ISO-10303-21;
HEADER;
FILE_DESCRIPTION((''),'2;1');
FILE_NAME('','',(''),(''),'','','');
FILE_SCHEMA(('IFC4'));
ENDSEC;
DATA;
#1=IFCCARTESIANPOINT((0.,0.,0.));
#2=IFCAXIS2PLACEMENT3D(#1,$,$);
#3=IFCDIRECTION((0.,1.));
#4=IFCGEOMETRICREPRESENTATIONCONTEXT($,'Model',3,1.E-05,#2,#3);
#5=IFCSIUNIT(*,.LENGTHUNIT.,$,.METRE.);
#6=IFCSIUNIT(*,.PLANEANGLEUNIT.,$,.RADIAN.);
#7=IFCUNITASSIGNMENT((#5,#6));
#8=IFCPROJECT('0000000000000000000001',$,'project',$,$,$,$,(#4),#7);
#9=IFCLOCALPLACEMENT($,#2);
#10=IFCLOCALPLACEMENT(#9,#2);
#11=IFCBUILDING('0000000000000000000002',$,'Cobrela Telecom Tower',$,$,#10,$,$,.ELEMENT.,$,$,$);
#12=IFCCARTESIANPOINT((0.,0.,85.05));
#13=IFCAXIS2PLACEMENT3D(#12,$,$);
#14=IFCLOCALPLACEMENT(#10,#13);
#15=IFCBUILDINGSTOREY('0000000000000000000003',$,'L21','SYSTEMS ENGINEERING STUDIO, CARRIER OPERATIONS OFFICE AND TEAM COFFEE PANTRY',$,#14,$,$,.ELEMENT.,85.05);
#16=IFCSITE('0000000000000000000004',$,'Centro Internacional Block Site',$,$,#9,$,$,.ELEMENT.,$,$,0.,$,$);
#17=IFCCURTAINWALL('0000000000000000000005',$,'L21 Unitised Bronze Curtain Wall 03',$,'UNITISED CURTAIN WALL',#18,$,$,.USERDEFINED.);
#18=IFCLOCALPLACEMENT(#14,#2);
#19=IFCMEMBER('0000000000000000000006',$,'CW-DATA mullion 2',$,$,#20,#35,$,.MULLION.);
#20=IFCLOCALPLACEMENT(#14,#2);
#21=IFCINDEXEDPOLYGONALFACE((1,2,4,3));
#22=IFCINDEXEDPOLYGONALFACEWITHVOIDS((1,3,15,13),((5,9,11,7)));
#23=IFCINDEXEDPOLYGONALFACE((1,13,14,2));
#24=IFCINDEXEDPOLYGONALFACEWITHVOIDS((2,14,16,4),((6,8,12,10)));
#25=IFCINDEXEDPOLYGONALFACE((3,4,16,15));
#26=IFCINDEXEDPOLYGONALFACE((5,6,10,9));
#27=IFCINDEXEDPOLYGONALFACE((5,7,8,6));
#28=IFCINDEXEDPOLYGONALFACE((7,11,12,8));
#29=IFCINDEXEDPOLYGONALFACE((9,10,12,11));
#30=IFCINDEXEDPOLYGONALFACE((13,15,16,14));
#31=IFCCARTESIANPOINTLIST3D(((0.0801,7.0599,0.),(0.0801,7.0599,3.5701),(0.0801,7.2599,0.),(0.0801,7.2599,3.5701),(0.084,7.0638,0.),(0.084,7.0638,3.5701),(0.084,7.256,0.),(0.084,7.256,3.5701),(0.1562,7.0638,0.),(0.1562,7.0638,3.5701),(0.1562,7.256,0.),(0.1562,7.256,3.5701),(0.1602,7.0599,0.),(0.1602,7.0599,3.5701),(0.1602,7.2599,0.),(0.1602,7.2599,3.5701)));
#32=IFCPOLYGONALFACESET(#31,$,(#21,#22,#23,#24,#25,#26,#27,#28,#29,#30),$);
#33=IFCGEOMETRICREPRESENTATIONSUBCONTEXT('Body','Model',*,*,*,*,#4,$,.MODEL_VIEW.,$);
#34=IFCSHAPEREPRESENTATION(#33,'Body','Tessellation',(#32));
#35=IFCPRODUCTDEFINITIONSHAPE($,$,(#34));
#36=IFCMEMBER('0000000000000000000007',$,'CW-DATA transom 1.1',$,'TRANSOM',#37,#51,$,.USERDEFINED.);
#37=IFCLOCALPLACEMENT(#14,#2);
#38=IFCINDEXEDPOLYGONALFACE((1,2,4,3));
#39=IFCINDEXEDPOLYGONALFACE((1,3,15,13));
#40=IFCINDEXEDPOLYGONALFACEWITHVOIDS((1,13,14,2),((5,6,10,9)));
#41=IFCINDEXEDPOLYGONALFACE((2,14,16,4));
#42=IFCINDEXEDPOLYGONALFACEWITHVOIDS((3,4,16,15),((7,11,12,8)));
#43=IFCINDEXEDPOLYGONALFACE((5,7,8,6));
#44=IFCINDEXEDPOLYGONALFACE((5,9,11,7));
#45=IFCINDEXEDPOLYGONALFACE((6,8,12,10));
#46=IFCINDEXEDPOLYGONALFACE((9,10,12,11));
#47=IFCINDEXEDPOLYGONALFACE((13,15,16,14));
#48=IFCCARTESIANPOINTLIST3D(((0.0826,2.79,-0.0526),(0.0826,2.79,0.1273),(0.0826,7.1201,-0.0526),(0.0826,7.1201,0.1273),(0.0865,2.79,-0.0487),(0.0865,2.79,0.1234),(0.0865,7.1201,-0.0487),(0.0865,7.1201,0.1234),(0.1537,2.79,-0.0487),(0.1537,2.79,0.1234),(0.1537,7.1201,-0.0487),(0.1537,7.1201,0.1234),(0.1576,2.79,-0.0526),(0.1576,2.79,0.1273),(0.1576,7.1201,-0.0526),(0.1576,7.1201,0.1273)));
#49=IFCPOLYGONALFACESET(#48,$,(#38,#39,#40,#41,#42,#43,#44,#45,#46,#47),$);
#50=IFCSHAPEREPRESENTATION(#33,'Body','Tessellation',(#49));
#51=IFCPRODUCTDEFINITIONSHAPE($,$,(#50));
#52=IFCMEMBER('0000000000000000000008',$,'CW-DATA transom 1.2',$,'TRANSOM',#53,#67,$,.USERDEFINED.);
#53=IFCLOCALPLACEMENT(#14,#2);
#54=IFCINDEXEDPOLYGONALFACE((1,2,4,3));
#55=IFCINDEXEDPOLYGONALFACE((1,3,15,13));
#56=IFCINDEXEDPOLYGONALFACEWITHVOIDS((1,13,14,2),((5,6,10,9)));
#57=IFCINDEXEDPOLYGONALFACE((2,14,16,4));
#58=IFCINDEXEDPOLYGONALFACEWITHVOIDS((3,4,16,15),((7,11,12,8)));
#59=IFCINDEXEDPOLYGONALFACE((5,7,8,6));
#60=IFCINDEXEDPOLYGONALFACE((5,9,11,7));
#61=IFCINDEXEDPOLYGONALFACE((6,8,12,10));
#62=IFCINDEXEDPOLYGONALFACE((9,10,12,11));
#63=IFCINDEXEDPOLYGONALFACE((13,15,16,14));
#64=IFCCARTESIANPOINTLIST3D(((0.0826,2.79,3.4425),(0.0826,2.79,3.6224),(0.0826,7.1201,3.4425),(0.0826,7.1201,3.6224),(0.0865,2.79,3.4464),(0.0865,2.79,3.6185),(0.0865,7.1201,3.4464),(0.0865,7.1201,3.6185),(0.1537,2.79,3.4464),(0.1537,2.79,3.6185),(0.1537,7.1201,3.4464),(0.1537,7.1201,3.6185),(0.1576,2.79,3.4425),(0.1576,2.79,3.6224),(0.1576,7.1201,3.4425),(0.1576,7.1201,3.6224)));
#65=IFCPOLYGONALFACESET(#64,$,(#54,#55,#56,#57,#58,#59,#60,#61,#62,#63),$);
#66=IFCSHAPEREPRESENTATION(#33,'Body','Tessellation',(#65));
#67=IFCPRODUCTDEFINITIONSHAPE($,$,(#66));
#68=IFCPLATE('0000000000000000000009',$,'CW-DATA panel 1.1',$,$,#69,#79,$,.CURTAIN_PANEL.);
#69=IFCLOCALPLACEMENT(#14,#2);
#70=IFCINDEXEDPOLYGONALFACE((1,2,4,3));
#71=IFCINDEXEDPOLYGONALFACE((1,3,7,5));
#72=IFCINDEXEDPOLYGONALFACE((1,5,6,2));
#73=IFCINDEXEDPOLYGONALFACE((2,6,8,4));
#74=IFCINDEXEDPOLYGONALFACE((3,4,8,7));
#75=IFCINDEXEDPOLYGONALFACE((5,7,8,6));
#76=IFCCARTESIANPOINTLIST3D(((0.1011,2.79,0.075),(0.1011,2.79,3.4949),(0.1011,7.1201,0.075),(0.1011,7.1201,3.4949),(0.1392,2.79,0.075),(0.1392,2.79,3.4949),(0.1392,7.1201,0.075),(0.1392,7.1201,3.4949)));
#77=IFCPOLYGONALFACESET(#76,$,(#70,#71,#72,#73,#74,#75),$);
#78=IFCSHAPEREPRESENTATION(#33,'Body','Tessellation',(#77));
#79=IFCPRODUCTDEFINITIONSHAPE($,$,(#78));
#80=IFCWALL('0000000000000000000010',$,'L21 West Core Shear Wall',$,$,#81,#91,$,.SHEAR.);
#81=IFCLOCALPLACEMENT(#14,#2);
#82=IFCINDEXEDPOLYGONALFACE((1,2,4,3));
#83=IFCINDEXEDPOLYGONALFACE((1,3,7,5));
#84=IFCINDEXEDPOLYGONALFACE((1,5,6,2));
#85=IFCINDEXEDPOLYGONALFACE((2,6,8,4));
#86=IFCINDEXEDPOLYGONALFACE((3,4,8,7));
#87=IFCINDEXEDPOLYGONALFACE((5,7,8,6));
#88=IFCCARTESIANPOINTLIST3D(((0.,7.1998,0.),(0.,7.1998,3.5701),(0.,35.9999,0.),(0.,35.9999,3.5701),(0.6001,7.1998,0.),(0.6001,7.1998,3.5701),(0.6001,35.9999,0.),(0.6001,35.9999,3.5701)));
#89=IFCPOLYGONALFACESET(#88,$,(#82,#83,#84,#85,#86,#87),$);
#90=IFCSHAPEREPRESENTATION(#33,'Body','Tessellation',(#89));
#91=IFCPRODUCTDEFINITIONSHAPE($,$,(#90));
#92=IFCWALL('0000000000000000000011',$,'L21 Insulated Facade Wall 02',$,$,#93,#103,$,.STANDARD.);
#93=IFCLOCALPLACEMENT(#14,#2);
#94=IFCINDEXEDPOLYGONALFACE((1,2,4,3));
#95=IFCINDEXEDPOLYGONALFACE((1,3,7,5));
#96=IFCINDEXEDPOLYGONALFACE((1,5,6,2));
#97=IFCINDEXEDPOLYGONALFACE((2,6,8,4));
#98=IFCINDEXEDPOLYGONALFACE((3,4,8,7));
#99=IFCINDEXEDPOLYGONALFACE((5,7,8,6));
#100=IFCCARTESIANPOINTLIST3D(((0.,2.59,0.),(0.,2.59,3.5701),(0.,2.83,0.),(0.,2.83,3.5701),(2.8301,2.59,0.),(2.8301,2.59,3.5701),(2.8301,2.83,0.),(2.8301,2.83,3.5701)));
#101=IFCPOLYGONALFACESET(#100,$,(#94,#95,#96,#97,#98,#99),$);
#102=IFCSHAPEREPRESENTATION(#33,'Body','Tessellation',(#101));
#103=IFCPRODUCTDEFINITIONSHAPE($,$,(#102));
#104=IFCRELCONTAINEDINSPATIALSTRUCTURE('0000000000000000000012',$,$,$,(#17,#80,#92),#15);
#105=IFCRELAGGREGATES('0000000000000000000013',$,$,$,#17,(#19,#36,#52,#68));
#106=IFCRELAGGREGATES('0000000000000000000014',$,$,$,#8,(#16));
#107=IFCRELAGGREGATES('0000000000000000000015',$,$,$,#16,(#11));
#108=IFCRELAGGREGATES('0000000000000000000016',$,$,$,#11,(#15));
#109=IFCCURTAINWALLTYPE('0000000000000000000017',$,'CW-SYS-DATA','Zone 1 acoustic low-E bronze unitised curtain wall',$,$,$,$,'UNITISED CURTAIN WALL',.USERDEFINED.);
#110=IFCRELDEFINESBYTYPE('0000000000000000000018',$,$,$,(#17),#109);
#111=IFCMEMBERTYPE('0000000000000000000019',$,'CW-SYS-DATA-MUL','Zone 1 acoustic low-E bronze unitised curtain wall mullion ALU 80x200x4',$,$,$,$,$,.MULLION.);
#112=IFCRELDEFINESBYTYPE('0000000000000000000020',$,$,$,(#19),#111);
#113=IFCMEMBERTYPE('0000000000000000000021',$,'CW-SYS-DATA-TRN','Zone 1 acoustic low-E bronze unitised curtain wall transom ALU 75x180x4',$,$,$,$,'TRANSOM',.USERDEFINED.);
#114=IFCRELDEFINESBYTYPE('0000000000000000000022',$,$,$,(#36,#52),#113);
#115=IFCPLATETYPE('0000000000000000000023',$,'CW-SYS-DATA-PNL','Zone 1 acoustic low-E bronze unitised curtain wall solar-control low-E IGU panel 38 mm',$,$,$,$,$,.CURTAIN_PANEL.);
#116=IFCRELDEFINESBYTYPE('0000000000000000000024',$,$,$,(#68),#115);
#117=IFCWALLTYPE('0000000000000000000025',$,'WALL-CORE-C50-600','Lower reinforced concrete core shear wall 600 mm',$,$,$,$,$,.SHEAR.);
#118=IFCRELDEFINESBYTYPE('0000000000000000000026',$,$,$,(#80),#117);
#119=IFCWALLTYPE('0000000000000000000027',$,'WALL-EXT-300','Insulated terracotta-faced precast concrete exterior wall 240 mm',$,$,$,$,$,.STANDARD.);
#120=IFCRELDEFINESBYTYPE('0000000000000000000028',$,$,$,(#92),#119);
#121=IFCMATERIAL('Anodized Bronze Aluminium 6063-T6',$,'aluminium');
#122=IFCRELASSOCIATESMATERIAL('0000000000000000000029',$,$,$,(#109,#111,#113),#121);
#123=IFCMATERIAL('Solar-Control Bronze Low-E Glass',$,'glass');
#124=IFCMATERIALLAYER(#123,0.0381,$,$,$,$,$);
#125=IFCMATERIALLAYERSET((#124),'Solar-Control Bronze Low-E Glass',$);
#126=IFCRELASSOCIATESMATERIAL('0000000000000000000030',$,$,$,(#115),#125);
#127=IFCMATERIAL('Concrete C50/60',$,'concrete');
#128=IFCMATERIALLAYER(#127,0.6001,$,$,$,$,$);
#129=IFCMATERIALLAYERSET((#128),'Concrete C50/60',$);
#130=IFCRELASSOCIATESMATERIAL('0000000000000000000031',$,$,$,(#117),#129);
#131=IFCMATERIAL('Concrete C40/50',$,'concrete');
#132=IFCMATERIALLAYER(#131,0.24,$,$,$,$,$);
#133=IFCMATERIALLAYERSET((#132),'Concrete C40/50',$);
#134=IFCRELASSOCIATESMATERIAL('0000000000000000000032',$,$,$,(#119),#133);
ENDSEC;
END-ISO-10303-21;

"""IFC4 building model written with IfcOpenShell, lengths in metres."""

from ifc_helpers import new_model, si_unit, direction, frame, frame_2d, origin, origin_2d, place, context, subcontext, project, spatial, rectangle, hollow_rectangle, extrude, material, layer, layer_set, material_profile, profile_set, type_object, element, aggregate, save


model = new_model("IFC4")

# Units and contexts
model_context = context("Model", 3, precision=1e-05, world=origin(), true_north=direction((0.0, 1.0)))
body_context = subcontext(model_context, "Body", "Model", "MODEL_VIEW")
ifc_project = project(units=[si_unit("LENGTHUNIT", "METRE"), si_unit("PLANEANGLEUNIT", "RADIAN")], contexts=[model_context])

# Site, building, storey
site_placement = place(None, origin())
site = spatial("IfcSite", under=ifc_project, at=site_placement, Name="Centro Internacional Block Site", CompositionType="ELEMENT", RefElevation=0.0)
building_placement = place(site_placement, origin())
building = spatial("IfcBuilding", under=site, at=building_placement, Name="Cobrela Telecom Tower", CompositionType="ELEMENT")
storey_placement = place(building_placement, frame((0.0, 0.0, 85.05)))
storey = spatial("IfcBuildingStorey", under=building, at=storey_placement, Name="L21", Description="SYSTEMS ENGINEERING STUDIO, CARRIER OPERATIONS OFFICE AND TEAM COFFEE PANTRY", CompositionType="ELEMENT", Elevation=85.05)

# Curtain wall, members, plate
ifc_material_1 = material(Name="Anodized Bronze Aluminium 6063-T6", Category="aluminium")
curtain_wall_type = type_object("IfcCurtainWallType", Name="CW-SYS-DATA", Description="Zone 1 acoustic low-E bronze unitised curtain wall", ElementType="UNITISED CURTAIN WALL", PredefinedType="USERDEFINED", material=ifc_material_1)
curtain_wall_placement = place(storey_placement, origin())
curtain_wall = element("IfcCurtainWall", 1, at=curtain_wall_placement, inside=storey, type_object=curtain_wall_type, Name="L21 Unitised Bronze Curtain Wall 03", ObjectType="UNITISED CURTAIN WALL", PredefinedType="USERDEFINED")
ifc_material_profile_1 = material_profile(ifc_material_1, hollow_rectangle(XDim=0.0801, YDim=0.2, WallThickness=0.0039, at=origin_2d()), Name="ALU 80x200x4")
ifc_profile_set_1 = profile_set([ifc_material_profile_1], Name="Anodized Bronze Aluminium 6063-T6")
member_type_1 = type_object("IfcMemberType", Name="CW-SYS-DATA-MUL", Description="Zone 1 acoustic low-E bronze unitised curtain wall mullion ALU 80x200x4", PredefinedType="MULLION", material=ifc_profile_set_1)
member_1_placement = place(storey_placement, frame((0.1201, 7.1599, 0.0), z_axis=(0.0, 0.0, 1.0), x_axis=(-1.0, 0.0, 0.0)))
member_1 = element("IfcMember", 2, at=member_1_placement, type_object=member_type_1, Name="CW-DATA mullion 2", PredefinedType="MULLION", context=body_context, shape_type="SweptSolid", body=[
    extrude(hollow_rectangle(XDim=0.0801, YDim=0.2, WallThickness=0.0039, at=origin_2d()), origin(), (0.0, 0.0, 1.0), 3.5701),
])
ifc_material_profile_2 = material_profile(ifc_material_1, hollow_rectangle(XDim=0.075, YDim=0.1799, WallThickness=0.0039, at=origin_2d()), Name="ALU 75x180x4")
ifc_profile_set_2 = profile_set([ifc_material_profile_2], Name="Anodized Bronze Aluminium 6063-T6")
member_type_2 = type_object("IfcMemberType", Name="CW-SYS-DATA-TRN", Description="Zone 1 acoustic low-E bronze unitised curtain wall transom ALU 75x180x4", ElementType="TRANSOM", PredefinedType="USERDEFINED", material=ifc_profile_set_2)
member_2_placement = place(storey_placement, frame((0.1201, 2.79, 0.0374), z_axis=(0.0, 1.0, 0.0), x_axis=(-1.0, 0.0, 0.0)))
member_2 = element("IfcMember", 3, at=member_2_placement, type_object=member_type_2, Name="CW-DATA transom 1.1", ObjectType="TRANSOM", PredefinedType="USERDEFINED", context=body_context, shape_type="SweptSolid", body=[
    extrude(hollow_rectangle(XDim=0.075, YDim=0.1799, WallThickness=0.0039, at=origin_2d()), origin(), (0.0, 0.0, 1.0), 4.3301),
])
member_3_placement = place(storey_placement, frame((0.1201, 2.79, 3.5325), z_axis=(0.0, 1.0, 0.0), x_axis=(-1.0, 0.0, 0.0)))
member_3 = element("IfcMember", 4, at=member_3_placement, type_object=member_type_2, Name="CW-DATA transom 1.2", ObjectType="TRANSOM", PredefinedType="USERDEFINED", context=body_context, shape_type="SweptSolid", body=[
    extrude(hollow_rectangle(XDim=0.075, YDim=0.1799, WallThickness=0.0039, at=origin_2d()), origin(), (0.0, 0.0, 1.0), 4.3301),
])
ifc_material_2 = material(Name="Solar-Control Bronze Low-E Glass", Category="glass")
ifc_layer_1 = layer(ifc_material_2, 0.0381)
ifc_layer_set_1 = layer_set([ifc_layer_1], Name="Solar-Control Bronze Low-E Glass")
plate_type = type_object("IfcPlateType", Name="CW-SYS-DATA-PNL", Description="Zone 1 acoustic low-E bronze unitised curtain wall solar-control low-E IGU panel 38 mm", PredefinedType="CURTAIN_PANEL", material=ifc_layer_set_1)
plate_placement = place(storey_placement, frame((0.1201, 4.9551, 0.075), z_axis=(0.0, 0.0, 1.0), x_axis=(0.0, 1.0, 0.0)))
plate = element("IfcPlate", 5, at=plate_placement, type_object=plate_type, Name="CW-DATA panel 1.1", PredefinedType="CURTAIN_PANEL", context=body_context, shape_type="SweptSolid", body=[
    extrude(rectangle(XDim=4.3301, YDim=0.0381, at=origin_2d()), origin(), (0.0, 0.0, 1.0), 3.4199),
])
aggregate(curtain_wall, [member_1, member_2, member_3, plate])

# Walls
ifc_material_3 = material(Name="Concrete C50/60", Category="concrete")
ifc_layer_2 = layer(ifc_material_3, 0.6001)
ifc_layer_set_2 = layer_set([ifc_layer_2], Name="Concrete C50/60")
wall_type_1 = type_object("IfcWallType", Name="WALL-CORE-C50-600", Description="Lower reinforced concrete core shear wall 600 mm", PredefinedType="SHEAR", material=ifc_layer_set_2)
wall_1_placement = place(storey_placement, frame((0.3, 7.2, 0.0), z_axis=(0.0, 0.0, 1.0), x_axis=(0.0, 1.0, 0.0)))
element("IfcWall", 6, at=wall_1_placement, inside=storey, type_object=wall_type_1, Name="L21 West Core Shear Wall", PredefinedType="SHEAR", context=body_context, shape_type="SweptSolid", body=[
    extrude(rectangle(XDim=28.8, YDim=0.6001, at=frame_2d((14.3999, 0.0))), origin(), (0.0, 0.0, 1.0), 3.5701),
])
ifc_material_4 = material(Name="Concrete C40/50", Category="concrete")
ifc_layer_3 = layer(ifc_material_4, 0.24)
ifc_layer_set_3 = layer_set([ifc_layer_3], Name="Concrete C40/50")
wall_type_2 = type_object("IfcWallType", Name="WALL-EXT-300", Description="Insulated terracotta-faced precast concrete exterior wall 240 mm", PredefinedType="STANDARD", material=ifc_layer_set_3)
wall_2_placement = place(storey_placement, frame((2.8301, 2.71, 0.0), z_axis=(0.0, 0.0, 1.0), x_axis=(-1.0, 0.0, 0.0)))
element("IfcWall", 7, at=wall_2_placement, inside=storey, type_object=wall_type_2, Name="L21 Insulated Facade Wall 02", PredefinedType="STANDARD", context=body_context, shape_type="SweptSolid", body=[
    extrude(rectangle(XDim=2.8301, YDim=0.24, at=frame_2d((1.415, 0.0))), origin(), (0.0, 0.0, 1.0), 3.5701),
])

save(model, "model.ifc")
